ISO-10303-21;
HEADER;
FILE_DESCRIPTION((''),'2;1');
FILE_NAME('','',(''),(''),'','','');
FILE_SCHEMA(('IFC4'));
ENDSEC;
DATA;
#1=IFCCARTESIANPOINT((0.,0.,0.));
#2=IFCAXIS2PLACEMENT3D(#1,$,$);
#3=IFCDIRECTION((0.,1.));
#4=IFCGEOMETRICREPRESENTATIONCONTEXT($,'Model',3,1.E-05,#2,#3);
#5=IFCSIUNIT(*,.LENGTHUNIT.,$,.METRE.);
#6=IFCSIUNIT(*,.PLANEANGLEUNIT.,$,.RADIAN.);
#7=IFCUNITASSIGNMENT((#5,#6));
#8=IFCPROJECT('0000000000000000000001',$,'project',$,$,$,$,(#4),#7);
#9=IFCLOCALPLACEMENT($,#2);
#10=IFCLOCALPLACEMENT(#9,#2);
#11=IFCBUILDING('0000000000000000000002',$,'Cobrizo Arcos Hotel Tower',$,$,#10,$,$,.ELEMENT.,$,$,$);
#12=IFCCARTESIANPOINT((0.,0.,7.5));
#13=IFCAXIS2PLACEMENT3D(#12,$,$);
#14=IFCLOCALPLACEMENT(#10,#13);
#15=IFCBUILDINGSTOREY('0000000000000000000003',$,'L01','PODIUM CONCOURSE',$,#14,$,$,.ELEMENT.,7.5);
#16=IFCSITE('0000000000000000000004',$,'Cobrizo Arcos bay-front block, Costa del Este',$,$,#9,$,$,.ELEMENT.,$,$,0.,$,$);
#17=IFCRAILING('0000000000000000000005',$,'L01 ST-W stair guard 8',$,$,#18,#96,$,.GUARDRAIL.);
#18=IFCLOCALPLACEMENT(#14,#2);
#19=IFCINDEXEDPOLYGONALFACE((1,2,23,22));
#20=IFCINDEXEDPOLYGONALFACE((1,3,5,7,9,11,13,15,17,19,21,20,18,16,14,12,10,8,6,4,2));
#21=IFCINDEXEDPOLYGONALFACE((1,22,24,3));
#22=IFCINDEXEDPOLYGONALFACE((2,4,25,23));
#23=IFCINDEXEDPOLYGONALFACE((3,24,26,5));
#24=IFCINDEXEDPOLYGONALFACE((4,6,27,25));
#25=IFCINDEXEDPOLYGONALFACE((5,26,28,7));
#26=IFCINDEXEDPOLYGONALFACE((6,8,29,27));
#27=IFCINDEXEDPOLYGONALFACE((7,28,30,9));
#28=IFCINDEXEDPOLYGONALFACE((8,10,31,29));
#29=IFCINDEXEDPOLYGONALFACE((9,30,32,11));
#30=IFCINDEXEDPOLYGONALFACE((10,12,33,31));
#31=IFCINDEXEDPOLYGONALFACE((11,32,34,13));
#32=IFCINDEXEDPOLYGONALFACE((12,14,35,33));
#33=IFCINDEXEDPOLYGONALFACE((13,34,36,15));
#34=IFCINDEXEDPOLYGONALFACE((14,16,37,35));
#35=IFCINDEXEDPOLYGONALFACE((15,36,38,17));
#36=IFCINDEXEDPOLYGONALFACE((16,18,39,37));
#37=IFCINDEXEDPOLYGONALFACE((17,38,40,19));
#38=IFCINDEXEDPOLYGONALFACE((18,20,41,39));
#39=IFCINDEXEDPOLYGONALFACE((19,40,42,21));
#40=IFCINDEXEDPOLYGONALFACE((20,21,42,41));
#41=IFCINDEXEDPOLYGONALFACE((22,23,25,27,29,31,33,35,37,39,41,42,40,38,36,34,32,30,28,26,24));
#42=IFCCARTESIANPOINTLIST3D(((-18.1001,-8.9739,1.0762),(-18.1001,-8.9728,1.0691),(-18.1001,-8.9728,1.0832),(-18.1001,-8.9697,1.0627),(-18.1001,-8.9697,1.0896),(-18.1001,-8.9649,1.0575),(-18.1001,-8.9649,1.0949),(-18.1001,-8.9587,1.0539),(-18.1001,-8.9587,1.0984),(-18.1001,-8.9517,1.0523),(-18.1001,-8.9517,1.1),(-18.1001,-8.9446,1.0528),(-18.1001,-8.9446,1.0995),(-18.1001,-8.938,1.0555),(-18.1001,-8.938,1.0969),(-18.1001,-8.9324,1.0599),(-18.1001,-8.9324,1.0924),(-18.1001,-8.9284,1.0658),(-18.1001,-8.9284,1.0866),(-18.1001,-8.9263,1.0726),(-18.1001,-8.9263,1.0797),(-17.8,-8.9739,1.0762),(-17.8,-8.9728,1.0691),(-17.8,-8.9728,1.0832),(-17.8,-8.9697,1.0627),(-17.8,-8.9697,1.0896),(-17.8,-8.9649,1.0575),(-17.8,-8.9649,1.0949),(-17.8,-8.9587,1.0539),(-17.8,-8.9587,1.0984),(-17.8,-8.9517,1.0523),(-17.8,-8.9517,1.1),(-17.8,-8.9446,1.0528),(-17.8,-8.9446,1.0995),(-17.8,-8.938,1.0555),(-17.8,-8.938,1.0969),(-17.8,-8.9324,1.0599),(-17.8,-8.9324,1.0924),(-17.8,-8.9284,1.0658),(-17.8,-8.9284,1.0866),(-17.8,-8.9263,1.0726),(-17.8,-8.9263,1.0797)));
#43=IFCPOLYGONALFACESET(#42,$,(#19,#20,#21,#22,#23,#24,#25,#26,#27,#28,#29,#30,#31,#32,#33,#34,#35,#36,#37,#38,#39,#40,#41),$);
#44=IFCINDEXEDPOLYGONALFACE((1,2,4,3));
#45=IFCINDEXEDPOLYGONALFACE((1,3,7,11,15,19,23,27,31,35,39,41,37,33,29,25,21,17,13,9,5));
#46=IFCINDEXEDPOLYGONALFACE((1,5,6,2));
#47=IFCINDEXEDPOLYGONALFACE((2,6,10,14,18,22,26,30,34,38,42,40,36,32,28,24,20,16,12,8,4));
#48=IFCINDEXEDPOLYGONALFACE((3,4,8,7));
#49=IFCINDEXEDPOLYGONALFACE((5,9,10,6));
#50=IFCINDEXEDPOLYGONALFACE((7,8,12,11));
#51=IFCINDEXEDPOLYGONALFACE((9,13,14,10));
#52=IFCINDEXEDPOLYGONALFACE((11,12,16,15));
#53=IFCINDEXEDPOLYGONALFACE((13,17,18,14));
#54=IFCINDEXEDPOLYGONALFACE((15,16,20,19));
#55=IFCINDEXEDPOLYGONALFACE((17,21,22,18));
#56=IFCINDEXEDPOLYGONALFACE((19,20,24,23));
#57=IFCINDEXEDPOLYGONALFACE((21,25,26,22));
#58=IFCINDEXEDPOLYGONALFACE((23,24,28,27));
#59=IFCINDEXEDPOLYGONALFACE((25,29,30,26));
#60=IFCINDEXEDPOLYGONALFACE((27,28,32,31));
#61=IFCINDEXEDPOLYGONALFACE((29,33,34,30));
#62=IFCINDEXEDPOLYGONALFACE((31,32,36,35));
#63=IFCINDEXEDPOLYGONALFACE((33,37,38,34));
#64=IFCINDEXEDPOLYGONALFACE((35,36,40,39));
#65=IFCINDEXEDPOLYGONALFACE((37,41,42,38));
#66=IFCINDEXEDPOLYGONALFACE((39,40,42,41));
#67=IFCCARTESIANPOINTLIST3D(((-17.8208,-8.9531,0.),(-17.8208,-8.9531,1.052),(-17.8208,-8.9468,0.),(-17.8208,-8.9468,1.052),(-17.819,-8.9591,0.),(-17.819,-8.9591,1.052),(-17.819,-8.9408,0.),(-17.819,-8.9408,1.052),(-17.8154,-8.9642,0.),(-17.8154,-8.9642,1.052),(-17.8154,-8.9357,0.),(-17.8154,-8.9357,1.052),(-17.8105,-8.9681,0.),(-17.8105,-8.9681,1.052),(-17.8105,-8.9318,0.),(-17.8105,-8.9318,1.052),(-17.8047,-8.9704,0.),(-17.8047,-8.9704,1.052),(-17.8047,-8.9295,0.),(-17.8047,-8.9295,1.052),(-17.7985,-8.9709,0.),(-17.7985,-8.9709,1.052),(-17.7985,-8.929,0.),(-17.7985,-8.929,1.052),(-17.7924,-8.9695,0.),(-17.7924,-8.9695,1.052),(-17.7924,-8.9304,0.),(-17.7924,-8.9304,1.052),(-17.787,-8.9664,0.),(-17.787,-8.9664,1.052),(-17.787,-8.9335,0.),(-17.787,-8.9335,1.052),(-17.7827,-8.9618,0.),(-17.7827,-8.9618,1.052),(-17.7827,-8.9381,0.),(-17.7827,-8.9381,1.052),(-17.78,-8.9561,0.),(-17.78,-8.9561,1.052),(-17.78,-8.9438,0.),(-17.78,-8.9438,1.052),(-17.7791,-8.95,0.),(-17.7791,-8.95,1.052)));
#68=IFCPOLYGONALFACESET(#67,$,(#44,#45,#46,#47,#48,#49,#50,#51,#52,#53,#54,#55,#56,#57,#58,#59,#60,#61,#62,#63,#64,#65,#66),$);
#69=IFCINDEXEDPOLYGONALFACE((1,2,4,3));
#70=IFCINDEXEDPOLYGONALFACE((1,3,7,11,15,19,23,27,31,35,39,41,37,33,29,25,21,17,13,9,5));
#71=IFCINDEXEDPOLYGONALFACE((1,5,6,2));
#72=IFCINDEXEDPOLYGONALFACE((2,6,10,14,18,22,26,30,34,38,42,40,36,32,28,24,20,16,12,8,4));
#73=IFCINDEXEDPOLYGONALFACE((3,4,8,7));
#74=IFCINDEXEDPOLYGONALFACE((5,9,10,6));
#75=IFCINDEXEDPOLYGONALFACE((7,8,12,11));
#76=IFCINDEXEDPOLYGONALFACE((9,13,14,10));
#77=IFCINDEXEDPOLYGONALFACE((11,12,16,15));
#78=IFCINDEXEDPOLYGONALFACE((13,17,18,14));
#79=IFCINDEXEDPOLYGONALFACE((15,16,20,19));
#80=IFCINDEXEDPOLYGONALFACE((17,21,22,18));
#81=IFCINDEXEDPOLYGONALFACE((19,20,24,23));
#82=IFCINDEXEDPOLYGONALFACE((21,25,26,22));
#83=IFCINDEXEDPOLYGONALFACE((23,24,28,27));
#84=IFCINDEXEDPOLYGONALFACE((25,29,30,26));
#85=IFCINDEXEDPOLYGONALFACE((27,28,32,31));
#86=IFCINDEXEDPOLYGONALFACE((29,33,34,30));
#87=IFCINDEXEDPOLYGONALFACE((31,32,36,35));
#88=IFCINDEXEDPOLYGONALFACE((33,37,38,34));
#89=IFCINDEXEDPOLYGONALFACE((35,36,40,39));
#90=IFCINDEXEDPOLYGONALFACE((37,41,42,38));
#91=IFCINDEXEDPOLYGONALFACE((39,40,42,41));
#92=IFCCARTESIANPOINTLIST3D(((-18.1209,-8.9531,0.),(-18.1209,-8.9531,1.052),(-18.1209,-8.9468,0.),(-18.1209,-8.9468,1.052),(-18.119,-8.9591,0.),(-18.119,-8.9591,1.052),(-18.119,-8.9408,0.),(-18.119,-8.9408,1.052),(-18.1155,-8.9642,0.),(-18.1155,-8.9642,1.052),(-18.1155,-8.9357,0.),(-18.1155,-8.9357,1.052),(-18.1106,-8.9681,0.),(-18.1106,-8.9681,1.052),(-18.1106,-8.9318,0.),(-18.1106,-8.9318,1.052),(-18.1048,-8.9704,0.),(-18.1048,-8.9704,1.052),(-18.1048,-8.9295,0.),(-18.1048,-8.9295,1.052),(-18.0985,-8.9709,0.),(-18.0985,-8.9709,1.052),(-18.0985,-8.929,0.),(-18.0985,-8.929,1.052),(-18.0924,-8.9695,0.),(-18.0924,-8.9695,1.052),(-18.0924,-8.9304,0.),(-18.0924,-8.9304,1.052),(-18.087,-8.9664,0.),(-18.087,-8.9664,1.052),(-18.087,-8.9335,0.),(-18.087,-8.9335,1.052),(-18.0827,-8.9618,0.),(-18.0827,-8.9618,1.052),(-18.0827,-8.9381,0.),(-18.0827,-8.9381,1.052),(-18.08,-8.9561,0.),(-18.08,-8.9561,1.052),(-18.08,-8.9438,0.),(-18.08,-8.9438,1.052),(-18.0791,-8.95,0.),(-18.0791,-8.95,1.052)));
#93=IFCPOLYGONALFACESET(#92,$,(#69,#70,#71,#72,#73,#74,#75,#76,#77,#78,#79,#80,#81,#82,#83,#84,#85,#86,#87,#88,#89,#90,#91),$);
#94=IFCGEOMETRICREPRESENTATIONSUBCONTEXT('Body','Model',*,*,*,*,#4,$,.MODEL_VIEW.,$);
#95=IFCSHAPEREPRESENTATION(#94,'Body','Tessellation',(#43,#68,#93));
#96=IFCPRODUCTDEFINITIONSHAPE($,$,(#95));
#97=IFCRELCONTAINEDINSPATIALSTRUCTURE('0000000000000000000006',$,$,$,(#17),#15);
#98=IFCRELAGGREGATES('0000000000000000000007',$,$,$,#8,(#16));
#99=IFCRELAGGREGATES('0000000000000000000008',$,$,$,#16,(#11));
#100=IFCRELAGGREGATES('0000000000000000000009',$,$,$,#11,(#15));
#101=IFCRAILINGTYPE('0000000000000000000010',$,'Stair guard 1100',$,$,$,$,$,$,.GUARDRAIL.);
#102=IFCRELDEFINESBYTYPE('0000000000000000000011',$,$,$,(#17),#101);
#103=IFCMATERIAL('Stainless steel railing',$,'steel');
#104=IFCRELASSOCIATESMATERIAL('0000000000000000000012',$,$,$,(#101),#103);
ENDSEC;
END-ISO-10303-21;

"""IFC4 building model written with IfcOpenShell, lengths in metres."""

from ifc_helpers import new_model, si_unit, direction, frame, origin, origin_2d, place, context, subcontext, project, spatial, circle, extrude, material, type_object, element, save


model = new_model("IFC4")

# Units and contexts
model_context = context("Model", 3, precision=1e-05, world=origin(), true_north=direction((0.0, 1.0)))
body_context = subcontext(model_context, "Body", "Model", "MODEL_VIEW")
ifc_project = project(units=[si_unit("LENGTHUNIT", "METRE"), si_unit("PLANEANGLEUNIT", "RADIAN")], contexts=[model_context])

# Site, building, storey
site_placement = place(None, origin())
site = spatial("IfcSite", under=ifc_project, at=site_placement, Name="Cobrizo Arcos bay-front block, Costa del Este", CompositionType="ELEMENT", RefElevation=0.0)
building_placement = place(site_placement, origin())
building = spatial("IfcBuilding", under=site, at=building_placement, Name="Cobrizo Arcos Hotel Tower", CompositionType="ELEMENT")
storey_placement = place(building_placement, frame((0.0, 0.0, 7.5)))
storey = spatial("IfcBuildingStorey", under=building, at=storey_placement, Name="L01", Description="PODIUM CONCOURSE", CompositionType="ELEMENT", Elevation=7.5)

# Railing
ifc_material_1 = material(Name="Stainless steel railing", Category="steel")
railing_type_1 = type_object("IfcRailingType", Name="Stair guard 1100", PredefinedType="GUARDRAIL", material=ifc_material_1)
railing_1_placement = place(storey_placement, frame((-17.8, -8.95, 0.0)))
element("IfcRailing", 1, at=railing_1_placement, inside=storey, type_object=railing_type_1, Name="L01 ST-W stair guard 8", PredefinedType="GUARDRAIL", context=body_context, shape_type="SweptSolid", body=[
    extrude(circle(Radius=0.0239, at=origin_2d()), frame((0.0, 0.0, 1.0762), z_axis=(-1.0, 0.0, 0.0), x_axis=(0.0, -1.0, 0.0)), (0.0, 0.0, 1.0), 0.3),
    extrude(circle(Radius=0.021, at=origin_2d()), origin(), (0.0, 0.0, 1.0), 1.052),
    extrude(circle(Radius=0.021, at=origin_2d()), frame((-0.3, 0.0, 0.0)), (0.0, 0.0, 1.0), 1.052),
])

save(model, "model.ifc")
